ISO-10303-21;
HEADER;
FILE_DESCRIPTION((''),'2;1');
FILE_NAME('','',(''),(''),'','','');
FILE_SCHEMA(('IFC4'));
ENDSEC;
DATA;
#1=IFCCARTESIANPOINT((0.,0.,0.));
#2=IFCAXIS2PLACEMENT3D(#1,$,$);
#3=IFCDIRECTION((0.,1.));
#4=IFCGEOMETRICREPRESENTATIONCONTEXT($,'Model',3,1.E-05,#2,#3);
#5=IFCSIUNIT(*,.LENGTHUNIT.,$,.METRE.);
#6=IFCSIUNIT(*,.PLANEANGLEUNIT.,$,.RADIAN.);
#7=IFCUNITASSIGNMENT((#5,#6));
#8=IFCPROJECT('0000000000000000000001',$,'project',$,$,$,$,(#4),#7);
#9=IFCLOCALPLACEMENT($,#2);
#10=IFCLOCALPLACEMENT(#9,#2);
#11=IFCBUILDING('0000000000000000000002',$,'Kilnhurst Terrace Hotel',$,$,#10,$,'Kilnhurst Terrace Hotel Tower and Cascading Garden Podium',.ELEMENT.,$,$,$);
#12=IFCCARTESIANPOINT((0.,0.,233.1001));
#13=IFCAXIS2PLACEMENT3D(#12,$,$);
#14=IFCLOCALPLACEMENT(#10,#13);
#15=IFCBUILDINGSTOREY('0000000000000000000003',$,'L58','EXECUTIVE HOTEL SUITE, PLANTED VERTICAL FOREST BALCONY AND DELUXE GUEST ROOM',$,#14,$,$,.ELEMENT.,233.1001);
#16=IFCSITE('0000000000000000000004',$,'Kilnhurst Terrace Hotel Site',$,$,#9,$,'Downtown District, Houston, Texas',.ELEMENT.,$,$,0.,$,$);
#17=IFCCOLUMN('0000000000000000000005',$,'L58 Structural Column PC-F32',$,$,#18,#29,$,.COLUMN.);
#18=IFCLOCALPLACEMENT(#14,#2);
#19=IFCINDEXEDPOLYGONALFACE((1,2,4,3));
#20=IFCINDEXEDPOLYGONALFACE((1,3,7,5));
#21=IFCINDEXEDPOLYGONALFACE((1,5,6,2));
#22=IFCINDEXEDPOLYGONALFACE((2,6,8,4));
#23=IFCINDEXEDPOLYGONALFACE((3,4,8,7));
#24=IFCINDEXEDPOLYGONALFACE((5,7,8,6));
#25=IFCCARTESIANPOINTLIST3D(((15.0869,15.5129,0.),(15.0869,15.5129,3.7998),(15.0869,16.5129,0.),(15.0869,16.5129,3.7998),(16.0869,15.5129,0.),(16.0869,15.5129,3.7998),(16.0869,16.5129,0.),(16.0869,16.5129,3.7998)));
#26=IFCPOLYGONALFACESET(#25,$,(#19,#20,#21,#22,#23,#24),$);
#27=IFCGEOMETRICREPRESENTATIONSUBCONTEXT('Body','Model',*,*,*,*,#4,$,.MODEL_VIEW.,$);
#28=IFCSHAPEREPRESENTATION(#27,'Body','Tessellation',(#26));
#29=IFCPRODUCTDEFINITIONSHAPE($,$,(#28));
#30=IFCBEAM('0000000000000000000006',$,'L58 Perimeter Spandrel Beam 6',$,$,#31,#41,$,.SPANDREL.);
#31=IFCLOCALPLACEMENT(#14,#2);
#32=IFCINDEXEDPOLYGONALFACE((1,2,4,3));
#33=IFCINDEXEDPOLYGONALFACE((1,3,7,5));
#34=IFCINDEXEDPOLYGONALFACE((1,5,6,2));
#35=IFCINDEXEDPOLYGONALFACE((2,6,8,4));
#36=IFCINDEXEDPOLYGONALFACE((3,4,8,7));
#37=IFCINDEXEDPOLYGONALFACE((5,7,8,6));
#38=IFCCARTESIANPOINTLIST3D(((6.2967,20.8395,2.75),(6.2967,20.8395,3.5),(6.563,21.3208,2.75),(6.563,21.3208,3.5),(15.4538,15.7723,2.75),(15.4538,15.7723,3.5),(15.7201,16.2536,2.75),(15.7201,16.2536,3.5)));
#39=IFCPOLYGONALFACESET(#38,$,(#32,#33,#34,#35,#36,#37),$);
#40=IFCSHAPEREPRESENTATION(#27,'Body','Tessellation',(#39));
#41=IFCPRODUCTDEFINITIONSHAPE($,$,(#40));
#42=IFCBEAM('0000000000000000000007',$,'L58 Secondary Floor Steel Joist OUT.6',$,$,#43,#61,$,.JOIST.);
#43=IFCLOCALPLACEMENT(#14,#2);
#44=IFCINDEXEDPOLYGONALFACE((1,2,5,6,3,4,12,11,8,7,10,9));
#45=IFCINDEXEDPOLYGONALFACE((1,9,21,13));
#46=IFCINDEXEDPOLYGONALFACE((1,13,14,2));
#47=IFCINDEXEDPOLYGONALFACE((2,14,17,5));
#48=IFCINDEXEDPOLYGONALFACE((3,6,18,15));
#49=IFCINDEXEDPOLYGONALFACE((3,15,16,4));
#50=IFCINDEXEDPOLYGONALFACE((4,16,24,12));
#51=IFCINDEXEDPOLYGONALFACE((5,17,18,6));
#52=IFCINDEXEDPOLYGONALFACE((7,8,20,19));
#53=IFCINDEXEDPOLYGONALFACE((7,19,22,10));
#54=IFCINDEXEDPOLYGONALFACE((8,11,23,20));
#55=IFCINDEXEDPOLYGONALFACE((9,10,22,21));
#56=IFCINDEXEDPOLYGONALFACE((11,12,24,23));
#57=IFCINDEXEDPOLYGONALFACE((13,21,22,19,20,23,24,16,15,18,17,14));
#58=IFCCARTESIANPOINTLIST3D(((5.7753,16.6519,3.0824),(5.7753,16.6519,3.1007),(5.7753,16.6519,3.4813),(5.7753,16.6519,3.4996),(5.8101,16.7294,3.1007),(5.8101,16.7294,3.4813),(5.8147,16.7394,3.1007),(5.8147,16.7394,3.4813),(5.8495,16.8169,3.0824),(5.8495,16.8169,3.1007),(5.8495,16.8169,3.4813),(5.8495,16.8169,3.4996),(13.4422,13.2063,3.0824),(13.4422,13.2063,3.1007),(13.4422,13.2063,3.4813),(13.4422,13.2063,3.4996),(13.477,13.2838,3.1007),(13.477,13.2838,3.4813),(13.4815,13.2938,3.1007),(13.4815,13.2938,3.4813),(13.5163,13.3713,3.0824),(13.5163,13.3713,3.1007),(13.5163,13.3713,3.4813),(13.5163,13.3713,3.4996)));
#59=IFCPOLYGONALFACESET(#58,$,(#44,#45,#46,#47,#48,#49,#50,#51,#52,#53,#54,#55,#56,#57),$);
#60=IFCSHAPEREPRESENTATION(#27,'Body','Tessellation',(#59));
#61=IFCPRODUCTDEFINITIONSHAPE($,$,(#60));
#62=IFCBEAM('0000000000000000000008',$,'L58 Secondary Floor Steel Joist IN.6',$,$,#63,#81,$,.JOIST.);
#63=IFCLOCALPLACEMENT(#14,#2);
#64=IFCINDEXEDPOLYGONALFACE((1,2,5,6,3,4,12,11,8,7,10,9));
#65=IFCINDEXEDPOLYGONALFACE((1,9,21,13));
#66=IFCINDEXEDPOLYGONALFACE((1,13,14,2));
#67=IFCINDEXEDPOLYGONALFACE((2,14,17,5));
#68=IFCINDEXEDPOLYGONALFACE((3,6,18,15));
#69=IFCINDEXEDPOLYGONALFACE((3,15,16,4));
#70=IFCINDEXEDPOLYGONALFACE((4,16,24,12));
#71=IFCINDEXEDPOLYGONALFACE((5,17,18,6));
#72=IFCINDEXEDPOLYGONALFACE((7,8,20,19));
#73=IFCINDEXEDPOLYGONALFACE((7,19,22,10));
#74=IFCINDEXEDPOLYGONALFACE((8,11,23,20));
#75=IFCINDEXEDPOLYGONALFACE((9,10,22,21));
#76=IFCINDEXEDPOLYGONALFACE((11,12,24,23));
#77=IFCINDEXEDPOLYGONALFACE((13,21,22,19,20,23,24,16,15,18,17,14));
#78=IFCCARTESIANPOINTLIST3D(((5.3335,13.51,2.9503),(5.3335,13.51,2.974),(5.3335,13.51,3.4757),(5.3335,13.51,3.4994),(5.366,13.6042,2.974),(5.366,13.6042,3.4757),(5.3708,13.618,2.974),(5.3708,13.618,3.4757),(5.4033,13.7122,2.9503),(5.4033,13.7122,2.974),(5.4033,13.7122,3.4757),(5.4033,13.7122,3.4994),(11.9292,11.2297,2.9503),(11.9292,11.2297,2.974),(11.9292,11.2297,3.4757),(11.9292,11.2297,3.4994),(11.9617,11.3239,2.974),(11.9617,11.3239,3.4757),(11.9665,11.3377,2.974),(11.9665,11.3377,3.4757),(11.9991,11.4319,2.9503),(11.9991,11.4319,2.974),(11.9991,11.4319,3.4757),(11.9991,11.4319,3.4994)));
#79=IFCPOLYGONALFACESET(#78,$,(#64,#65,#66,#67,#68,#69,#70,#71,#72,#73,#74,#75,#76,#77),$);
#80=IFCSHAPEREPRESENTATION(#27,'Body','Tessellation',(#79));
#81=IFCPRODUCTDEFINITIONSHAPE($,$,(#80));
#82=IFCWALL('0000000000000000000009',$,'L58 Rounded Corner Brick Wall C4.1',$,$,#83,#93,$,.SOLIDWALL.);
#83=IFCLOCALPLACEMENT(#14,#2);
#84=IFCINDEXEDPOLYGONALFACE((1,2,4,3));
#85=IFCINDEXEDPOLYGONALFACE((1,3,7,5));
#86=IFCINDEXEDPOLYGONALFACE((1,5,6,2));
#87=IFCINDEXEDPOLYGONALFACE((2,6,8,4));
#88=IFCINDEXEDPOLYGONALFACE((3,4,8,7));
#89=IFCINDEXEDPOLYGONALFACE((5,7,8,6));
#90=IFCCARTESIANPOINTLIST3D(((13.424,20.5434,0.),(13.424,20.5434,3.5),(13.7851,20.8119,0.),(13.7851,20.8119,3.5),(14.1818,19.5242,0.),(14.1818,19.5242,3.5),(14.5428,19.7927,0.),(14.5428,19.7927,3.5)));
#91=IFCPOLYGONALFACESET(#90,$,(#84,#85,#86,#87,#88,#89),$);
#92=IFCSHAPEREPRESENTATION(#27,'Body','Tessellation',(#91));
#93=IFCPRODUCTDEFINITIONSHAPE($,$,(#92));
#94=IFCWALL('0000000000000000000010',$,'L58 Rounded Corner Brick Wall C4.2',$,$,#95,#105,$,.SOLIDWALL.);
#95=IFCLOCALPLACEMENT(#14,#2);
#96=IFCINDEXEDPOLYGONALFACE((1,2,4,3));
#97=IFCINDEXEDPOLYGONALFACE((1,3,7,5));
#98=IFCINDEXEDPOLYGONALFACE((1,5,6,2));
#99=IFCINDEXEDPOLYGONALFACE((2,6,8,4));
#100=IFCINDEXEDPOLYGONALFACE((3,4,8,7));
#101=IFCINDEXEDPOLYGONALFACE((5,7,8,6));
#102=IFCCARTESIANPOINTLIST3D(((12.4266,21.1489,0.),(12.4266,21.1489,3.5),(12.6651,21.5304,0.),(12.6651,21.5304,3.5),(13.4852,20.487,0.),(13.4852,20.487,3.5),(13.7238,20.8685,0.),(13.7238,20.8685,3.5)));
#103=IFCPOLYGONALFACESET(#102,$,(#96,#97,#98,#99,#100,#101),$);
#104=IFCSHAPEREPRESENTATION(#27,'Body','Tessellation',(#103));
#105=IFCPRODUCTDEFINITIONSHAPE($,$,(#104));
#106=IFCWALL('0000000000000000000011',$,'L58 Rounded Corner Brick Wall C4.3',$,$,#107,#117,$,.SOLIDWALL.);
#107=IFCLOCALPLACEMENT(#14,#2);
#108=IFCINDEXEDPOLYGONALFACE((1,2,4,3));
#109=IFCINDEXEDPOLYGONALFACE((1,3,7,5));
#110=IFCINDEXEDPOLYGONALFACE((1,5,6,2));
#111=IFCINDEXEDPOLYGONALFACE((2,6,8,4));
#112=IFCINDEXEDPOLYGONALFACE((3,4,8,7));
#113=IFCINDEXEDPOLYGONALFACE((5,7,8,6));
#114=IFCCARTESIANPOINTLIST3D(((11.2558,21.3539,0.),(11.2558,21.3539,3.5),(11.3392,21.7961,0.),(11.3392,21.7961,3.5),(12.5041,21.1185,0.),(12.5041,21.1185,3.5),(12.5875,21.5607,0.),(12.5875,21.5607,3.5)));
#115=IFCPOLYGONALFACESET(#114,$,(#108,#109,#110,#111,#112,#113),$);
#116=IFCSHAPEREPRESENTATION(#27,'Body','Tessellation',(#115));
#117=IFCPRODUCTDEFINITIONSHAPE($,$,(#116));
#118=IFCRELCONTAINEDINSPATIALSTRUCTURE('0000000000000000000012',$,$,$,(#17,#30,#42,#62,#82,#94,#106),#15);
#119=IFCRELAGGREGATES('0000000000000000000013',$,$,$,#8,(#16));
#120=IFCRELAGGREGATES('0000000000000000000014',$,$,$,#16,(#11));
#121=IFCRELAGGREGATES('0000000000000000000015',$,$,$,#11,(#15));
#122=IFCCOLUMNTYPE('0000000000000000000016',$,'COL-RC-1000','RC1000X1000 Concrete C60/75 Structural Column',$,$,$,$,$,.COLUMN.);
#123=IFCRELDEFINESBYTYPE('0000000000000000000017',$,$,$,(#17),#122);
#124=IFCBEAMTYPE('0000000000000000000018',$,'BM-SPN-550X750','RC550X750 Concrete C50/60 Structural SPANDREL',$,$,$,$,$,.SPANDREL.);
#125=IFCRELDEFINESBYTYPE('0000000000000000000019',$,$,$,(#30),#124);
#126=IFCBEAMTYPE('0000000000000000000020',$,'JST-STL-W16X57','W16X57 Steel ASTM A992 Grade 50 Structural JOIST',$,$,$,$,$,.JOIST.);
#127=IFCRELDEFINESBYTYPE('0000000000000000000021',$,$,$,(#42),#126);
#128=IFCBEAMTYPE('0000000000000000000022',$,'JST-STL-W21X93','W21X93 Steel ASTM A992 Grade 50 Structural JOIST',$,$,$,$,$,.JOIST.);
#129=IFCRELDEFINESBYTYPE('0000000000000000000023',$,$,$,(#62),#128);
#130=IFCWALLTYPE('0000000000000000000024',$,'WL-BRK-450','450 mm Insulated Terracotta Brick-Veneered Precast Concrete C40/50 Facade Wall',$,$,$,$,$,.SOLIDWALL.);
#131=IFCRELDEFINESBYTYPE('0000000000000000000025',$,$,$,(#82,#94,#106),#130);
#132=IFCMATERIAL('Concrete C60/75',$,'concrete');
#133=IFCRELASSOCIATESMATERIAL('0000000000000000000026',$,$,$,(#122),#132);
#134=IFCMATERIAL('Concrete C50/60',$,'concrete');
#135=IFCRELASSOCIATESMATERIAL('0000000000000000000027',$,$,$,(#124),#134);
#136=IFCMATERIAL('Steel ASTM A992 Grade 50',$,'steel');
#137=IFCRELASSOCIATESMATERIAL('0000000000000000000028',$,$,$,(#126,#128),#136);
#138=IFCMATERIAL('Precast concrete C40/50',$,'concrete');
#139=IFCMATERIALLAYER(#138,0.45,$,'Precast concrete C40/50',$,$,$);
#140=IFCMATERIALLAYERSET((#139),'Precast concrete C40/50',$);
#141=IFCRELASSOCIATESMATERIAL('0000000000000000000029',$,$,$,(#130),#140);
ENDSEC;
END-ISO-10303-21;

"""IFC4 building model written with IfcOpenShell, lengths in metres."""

from ifc_helpers import new_model, si_unit, direction, frame, frame_2d, origin, origin_2d, place, context, subcontext, project, spatial, rectangle, i_section, extrude, material, layer, layer_set, material_profile, profile_set, type_object, element, save


model = new_model("IFC4")

# Units and contexts
model_context = context("Model", 3, precision=1e-05, world=origin(), true_north=direction((0.0, 1.0)))
body_context = subcontext(model_context, "Body", "Model", "MODEL_VIEW")
ifc_project = project(units=[si_unit("LENGTHUNIT", "METRE"), si_unit("PLANEANGLEUNIT", "RADIAN")], contexts=[model_context])

# Site, building, storey
site_placement = place(None, origin())
site = spatial("IfcSite", under=ifc_project, at=site_placement, Name="Kilnhurst Terrace Hotel Site", LongName="Downtown District, Houston, Texas", CompositionType="ELEMENT", RefElevation=0.0)
building_placement = place(site_placement, origin())
building = spatial("IfcBuilding", under=site, at=building_placement, Name="Kilnhurst Terrace Hotel", LongName="Kilnhurst Terrace Hotel Tower and Cascading Garden Podium", CompositionType="ELEMENT")
storey_placement = place(building_placement, frame((0.0, 0.0, 233.1001)))
storey = spatial("IfcBuildingStorey", under=building, at=storey_placement, Name="L58", Description="EXECUTIVE HOTEL SUITE, PLANTED VERTICAL FOREST BALCONY AND DELUXE GUEST ROOM", CompositionType="ELEMENT", Elevation=233.1001)

# Column
ifc_material_1 = material(Name="Concrete C60/75", Category="concrete")
ifc_material_profile_1 = material_profile(ifc_material_1, rectangle(XDim=1.0, YDim=1.0, at=origin_2d()), Name="RC1000X1000")
ifc_profile_set_1 = profile_set([ifc_material_profile_1], Name="Concrete C60/75")
column_type = type_object("IfcColumnType", Name="COL-RC-1000", Description="RC1000X1000 Concrete C60/75 Structural Column", PredefinedType="COLUMN", material=ifc_profile_set_1)
column_placement = place(storey_placement, frame((15.5869, 16.0129, 0.0), z_axis=(0.0, 0.0, 1.0), x_axis=(1.0, 0.0, 0.0)))
element("IfcColumn", 1, at=column_placement, inside=storey, type_object=column_type, Name="L58 Structural Column PC-F32", PredefinedType="COLUMN", context=body_context, shape_type="SweptSolid", body=[
    extrude(rectangle(XDim=1.0, YDim=1.0, at=origin_2d()), origin(), (0.0, 0.0, 1.0), 3.7998),
])

# Beams
ifc_material_2 = material(Name="Concrete C50/60", Category="concrete")
ifc_material_profile_2 = material_profile(ifc_material_2, rectangle(XDim=0.55, YDim=0.75, at=origin_2d()), Name="RC550X750")
ifc_profile_set_2 = profile_set([ifc_material_profile_2], Name="Concrete C50/60")
beam_type_1 = type_object("IfcBeamType", Name="BM-SPN-550X750", Description="RC550X750 Concrete C50/60 Structural SPANDREL", PredefinedType="SPANDREL", material=ifc_profile_set_2)
beam_1_placement = place(storey_placement, frame((15.5869, 16.0129, 3.125), z_axis=(-0.87497, 0.484177, 0.0), x_axis=(-0.484177, -0.87497, 0.0)))
element("IfcBeam", 2, at=beam_1_placement, inside=storey, type_object=beam_type_1, Name="L58 Perimeter Spandrel Beam 6", PredefinedType="SPANDREL", context=body_context, shape_type="SweptSolid", body=[
    extrude(rectangle(XDim=0.55, YDim=0.75, at=origin_2d()), origin(), (0.0, 0.0, 1.0), 10.4656),
])
ifc_material_3 = material(Name="Steel ASTM A992 Grade 50", Category="steel")
ifc_material_profile_3 = material_profile(ifc_material_3, i_section(OverallWidth=0.1809, OverallDepth=0.4172, WebThickness=0.011, FlangeThickness=0.0183, at=origin_2d()), Name="W16X57")
ifc_profile_set_3 = profile_set([ifc_material_profile_3], Name="Steel ASTM A992 Grade 50")
beam_type_2 = type_object("IfcBeamType", Name="JST-STL-W16X57", Description="W16X57 Steel ASTM A992 Grade 50 Structural JOIST", PredefinedType="JOIST", material=ifc_profile_set_3)
beam_2_placement = place(storey_placement, frame((13.4792, 13.2888, 3.291), z_axis=(-0.912121, 0.409921, 0.0), x_axis=(-0.409921, -0.912121, 0.0)))
element("IfcBeam", 3, at=beam_2_placement, inside=storey, type_object=beam_type_2, Name="L58 Secondary Floor Steel Joist OUT.6", PredefinedType="JOIST", context=body_context, shape_type="SweptSolid", body=[
    extrude(i_section(OverallWidth=0.1809, OverallDepth=0.4172, WebThickness=0.011, FlangeThickness=0.0183, at=origin_2d()), origin(), (0.0, 0.0, 1.0), 8.4055),
])
ifc_material_profile_4 = material_profile(ifc_material_3, i_section(OverallWidth=0.2139, OverallDepth=0.5491, WebThickness=0.0146, FlangeThickness=0.0237, at=origin_2d()), Name="W21X93")
ifc_profile_set_4 = profile_set([ifc_material_profile_4], Name="Steel ASTM A992 Grade 50")
beam_type_3 = type_object("IfcBeamType", Name="JST-STL-W21X93", Description="W21X93 Steel ASTM A992 Grade 50 Structural JOIST", PredefinedType="JOIST", material=ifc_profile_set_4)
beam_3_placement = place(storey_placement, frame((11.9641, 11.3308, 3.2249), z_axis=(-0.945112, 0.326745, 0.0), x_axis=(-0.326745, -0.945112, 0.0)))
element("IfcBeam", 4, at=beam_3_placement, inside=storey, type_object=beam_type_3, Name="L58 Secondary Floor Steel Joist IN.6", PredefinedType="JOIST", context=body_context, shape_type="SweptSolid", body=[
    extrude(i_section(OverallWidth=0.2139, OverallDepth=0.5491, WebThickness=0.0146, FlangeThickness=0.0237, at=origin_2d()), origin(), (0.0, 0.0, 1.0), 6.9788),
])

# Walls
ifc_material_4 = material(Name="Precast concrete C40/50", Category="concrete")
ifc_layer_1 = layer(ifc_material_4, 0.45, Name="Precast concrete C40/50")
ifc_layer_set_1 = layer_set([ifc_layer_1], Name="Precast concrete C40/50")
wall_type_1 = type_object("IfcWallType", Name="WL-BRK-450", Description="450 mm Insulated Terracotta Brick-Veneered Precast Concrete C40/50 Facade Wall", PredefinedType="SOLIDWALL", material=ifc_layer_set_1)
wall_1_placement = place(storey_placement, frame((14.3623, 19.6584, 0.0), z_axis=(0.0, 0.0, 1.0), x_axis=(-0.596642, 0.802507, 0.0)))
element("IfcWall", 5, at=wall_1_placement, inside=storey, type_object=wall_type_1, Name="L58 Rounded Corner Brick Wall C4.1", PredefinedType="SOLIDWALL", context=body_context, shape_type="SweptSolid", body=[
    extrude(rectangle(XDim=1.27, YDim=0.45, at=frame_2d((0.635, 0.0))), origin(), (0.0, 0.0, 1.0), 3.5),
])
wall_2_placement = place(storey_placement, frame((13.6045, 20.6777, 0.0), z_axis=(0.0, 0.0, 1.0), x_axis=(-0.84791, 0.53014, 0.0)))
element("IfcWall", 6, at=wall_2_placement, inside=storey, type_object=wall_type_1, Name="L58 Rounded Corner Brick Wall C4.2", PredefinedType="SOLIDWALL", context=body_context, shape_type="SweptSolid", body=[
    extrude(rectangle(XDim=1.2485, YDim=0.45, at=frame_2d((0.6243, 0.0))), origin(), (0.0, 0.0, 1.0), 3.5),
])
wall_3_placement = place(storey_placement, frame((12.5459, 21.3396, 0.0), z_axis=(0.0, 0.0, 1.0), x_axis=(-0.982687, 0.185275, 0.0)))
element("IfcWall", 7, at=wall_3_placement, inside=storey, type_object=wall_type_1, Name="L58 Rounded Corner Brick Wall C4.3", PredefinedType="SOLIDWALL", context=body_context, shape_type="SweptSolid", body=[
    extrude(rectangle(XDim=1.2703, YDim=0.45, at=frame_2d((0.6353, 0.0))), origin(), (0.0, 0.0, 1.0), 3.5),
])

save(model, "model.ifc")
